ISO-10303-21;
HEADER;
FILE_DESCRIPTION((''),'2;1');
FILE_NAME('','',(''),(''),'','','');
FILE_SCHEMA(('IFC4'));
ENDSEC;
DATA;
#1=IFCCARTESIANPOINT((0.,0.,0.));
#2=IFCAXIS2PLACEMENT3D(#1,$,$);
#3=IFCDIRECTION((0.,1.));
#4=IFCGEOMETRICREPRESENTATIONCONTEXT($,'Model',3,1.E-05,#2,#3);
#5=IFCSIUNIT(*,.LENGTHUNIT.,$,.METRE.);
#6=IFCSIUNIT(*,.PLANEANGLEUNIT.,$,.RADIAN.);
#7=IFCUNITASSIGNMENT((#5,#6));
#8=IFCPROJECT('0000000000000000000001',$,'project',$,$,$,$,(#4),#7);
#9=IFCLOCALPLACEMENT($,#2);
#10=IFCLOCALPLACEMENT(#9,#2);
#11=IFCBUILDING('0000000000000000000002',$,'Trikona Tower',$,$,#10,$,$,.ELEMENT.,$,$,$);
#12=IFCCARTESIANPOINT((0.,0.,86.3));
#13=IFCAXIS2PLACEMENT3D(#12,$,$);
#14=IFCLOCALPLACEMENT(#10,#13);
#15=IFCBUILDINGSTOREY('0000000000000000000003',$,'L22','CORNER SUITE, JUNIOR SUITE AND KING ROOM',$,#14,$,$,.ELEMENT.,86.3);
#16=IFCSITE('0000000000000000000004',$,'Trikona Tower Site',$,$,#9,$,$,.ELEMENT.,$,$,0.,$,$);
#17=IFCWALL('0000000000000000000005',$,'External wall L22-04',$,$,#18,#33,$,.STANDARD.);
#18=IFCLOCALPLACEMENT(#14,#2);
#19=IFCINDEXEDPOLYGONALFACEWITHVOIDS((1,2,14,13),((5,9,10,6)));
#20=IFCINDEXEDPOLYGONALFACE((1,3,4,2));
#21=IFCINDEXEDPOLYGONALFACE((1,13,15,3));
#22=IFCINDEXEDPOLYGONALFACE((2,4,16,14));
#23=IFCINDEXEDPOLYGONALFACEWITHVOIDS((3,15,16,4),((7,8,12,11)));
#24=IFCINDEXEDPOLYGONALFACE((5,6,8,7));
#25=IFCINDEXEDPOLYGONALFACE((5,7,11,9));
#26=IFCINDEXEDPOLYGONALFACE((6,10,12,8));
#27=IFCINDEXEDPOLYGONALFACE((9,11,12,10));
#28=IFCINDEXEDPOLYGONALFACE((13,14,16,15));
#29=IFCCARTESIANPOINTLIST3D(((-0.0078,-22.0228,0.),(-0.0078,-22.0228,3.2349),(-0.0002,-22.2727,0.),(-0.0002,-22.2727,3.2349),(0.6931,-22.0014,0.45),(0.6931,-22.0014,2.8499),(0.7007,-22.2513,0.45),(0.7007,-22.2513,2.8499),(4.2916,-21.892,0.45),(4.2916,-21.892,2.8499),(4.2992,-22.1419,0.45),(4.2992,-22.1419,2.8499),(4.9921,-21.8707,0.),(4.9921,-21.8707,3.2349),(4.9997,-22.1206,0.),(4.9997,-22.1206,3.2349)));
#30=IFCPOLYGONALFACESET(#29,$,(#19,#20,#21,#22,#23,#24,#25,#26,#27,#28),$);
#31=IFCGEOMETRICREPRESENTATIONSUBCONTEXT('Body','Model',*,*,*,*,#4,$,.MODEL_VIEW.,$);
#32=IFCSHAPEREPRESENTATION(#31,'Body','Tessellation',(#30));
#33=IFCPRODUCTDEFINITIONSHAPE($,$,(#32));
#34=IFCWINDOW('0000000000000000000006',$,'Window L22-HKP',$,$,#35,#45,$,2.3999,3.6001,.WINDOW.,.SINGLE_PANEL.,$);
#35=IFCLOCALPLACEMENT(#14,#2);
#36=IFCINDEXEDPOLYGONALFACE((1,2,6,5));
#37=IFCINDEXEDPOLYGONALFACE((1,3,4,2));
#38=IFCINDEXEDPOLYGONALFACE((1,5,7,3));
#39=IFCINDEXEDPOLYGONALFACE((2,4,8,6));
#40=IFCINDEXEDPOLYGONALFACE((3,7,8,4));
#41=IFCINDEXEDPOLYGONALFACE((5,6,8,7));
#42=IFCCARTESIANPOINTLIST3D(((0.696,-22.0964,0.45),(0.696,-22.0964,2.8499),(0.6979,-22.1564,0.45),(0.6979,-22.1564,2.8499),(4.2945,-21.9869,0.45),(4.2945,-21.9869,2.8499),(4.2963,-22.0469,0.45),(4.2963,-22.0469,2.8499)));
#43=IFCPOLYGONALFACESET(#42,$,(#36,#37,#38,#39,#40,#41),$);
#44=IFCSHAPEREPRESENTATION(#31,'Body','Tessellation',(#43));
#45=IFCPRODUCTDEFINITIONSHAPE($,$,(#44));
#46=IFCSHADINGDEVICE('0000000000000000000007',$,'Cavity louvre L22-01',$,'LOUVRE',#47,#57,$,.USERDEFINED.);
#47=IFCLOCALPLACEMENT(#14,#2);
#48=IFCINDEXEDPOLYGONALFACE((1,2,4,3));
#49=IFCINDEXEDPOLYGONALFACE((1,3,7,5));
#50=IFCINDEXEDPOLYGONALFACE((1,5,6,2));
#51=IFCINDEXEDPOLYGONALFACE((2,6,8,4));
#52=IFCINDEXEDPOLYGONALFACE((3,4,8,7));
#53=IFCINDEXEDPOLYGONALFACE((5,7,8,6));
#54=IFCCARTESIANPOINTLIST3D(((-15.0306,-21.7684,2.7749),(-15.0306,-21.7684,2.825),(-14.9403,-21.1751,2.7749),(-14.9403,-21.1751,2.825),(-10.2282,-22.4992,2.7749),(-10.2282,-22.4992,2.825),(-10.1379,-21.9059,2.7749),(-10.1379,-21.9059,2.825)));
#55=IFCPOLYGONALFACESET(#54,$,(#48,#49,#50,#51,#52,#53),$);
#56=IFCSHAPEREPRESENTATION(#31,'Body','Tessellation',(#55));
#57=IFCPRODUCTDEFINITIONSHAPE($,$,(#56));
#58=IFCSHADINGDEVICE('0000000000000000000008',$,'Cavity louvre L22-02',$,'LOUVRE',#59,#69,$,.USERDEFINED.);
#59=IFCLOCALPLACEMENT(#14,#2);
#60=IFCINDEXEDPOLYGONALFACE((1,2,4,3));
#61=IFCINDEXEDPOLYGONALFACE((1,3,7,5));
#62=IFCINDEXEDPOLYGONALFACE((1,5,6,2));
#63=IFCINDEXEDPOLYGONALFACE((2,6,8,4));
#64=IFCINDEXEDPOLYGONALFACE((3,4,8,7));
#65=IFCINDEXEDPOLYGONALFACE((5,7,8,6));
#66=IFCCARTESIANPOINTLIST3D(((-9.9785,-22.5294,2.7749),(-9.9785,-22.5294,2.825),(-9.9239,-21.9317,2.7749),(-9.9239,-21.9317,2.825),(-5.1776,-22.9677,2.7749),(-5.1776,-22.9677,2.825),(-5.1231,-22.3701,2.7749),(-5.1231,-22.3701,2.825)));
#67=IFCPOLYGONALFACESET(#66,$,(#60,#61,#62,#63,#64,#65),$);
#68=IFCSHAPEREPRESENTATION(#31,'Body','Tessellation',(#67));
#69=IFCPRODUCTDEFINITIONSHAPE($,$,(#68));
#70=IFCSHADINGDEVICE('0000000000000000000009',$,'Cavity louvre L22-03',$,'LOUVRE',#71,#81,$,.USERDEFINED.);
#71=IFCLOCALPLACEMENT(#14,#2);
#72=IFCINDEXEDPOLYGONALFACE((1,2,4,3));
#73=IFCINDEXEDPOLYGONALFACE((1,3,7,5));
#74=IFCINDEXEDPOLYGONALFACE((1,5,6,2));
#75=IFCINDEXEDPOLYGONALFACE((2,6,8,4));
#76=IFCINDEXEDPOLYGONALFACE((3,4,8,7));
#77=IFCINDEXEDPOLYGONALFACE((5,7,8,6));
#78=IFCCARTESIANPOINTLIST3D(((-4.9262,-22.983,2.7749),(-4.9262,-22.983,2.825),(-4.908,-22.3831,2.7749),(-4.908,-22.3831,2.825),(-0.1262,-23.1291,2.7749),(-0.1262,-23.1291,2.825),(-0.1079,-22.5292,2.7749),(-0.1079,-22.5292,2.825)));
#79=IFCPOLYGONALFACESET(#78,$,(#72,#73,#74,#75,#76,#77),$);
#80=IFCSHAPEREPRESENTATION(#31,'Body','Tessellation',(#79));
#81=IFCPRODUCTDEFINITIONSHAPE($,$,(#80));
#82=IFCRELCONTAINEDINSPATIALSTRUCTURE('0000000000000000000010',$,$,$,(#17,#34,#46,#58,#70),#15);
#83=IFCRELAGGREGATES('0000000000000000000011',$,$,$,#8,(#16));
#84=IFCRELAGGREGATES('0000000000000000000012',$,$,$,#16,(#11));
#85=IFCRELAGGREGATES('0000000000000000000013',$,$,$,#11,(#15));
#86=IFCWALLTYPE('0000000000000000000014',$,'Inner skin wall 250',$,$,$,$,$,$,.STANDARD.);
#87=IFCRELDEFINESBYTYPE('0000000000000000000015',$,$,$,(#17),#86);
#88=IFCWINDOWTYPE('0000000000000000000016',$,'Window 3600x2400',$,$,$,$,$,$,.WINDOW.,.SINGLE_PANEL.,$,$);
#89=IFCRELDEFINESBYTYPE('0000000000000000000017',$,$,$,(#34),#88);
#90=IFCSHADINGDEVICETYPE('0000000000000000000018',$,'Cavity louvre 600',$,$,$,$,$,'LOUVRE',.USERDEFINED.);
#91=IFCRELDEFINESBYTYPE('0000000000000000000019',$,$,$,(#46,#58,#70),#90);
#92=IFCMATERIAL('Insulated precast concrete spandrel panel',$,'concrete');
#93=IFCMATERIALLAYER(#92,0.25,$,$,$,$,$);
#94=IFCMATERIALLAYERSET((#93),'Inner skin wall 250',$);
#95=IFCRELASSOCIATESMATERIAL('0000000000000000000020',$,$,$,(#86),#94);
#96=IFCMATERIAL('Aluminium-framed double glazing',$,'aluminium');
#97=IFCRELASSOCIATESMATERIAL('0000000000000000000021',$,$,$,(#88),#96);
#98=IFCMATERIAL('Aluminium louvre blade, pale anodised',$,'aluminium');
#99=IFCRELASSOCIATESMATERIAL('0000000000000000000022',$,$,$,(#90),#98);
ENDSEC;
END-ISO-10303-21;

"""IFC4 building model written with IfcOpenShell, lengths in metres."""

from ifc_helpers import new_model, si_unit, direction, frame, frame_2d, origin, origin_2d, place, context, subcontext, project, spatial, rectangle, extrude, material, layer, layer_set, type_object, element, fill, save


model = new_model("IFC4")

# Units and contexts
model_context = context("Model", 3, precision=1e-05, world=origin(), true_north=direction((0.0, 1.0)))
body_context = subcontext(model_context, "Body", "Model", "MODEL_VIEW")
ifc_project = project(units=[si_unit("LENGTHUNIT", "METRE"), si_unit("PLANEANGLEUNIT", "RADIAN")], contexts=[model_context])

# Site, building, storey
site_placement = place(None, origin())
site = spatial("IfcSite", under=ifc_project, at=site_placement, Name="Trikona Tower Site", CompositionType="ELEMENT", RefElevation=0.0)
building_placement = place(site_placement, origin())
building = spatial("IfcBuilding", under=site, at=building_placement, Name="Trikona Tower", CompositionType="ELEMENT")
storey_placement = place(building_placement, frame((0.0, 0.0, 86.3)))
storey = spatial("IfcBuildingStorey", under=building, at=storey_placement, Name="L22", Description="CORNER SUITE, JUNIOR SUITE AND KING ROOM", CompositionType="ELEMENT", Elevation=86.3)

# Wall, opening, window
ifc_material_1 = material(Name="Insulated precast concrete spandrel panel", Category="concrete")
ifc_layer_1 = layer(ifc_material_1, 0.25)
ifc_layer_set_1 = layer_set([ifc_layer_1], Name="Inner skin wall 250")
wall_type = type_object("IfcWallType", Name="Inner skin wall 250", PredefinedType="STANDARD", material=ifc_layer_set_1)
ifc_material_2 = material(Name="Aluminium-framed double glazing", Category="aluminium")
window_type = type_object("IfcWindowType", Name="Window 3600x2400", PartitioningType="SINGLE_PANEL", PredefinedType="WINDOW", material=ifc_material_2)
wall_1_placement = place(storey_placement, frame((-0.0039, -22.1477, 0.0), z_axis=(0.0, 0.0, 1.0), x_axis=(0.999538, 0.030406, 0.0)))
wall_1 = element("IfcWall", 1, at=wall_1_placement, inside=storey, type_object=wall_type, Name="External wall L22-04", PredefinedType="STANDARD", context=body_context, shape_type="SweptSolid", body=[
    extrude(rectangle(XDim=5.0022, YDim=0.25, at=frame_2d((2.501, 0.0))), origin(), (0.0, 0.0, 1.0), 3.2349),
])
opening_1_placement = place(wall_1_placement, frame((0.7012, 0.0, 0.45)))
opening_1 = element("IfcOpeningElement", 2, at=opening_1_placement, cuts=wall_1, PredefinedType="OPENING", context=body_context, shape_type="SweptSolid", body=[
    extrude(rectangle(XDim=3.6001, YDim=2.3999, at=frame_2d((1.8, 1.2))), frame((0.0, 0.135, 0.0), z_axis=(0.0, -1.0, 0.0), x_axis=(1.0, 0.0, 0.0)), (0.0, 0.0, 1.0), 0.27),
])
window_1_placement = place(opening_1_placement, origin())
window_1 = element("IfcWindow", 3, at=window_1_placement, inside=storey, type_object=window_type, Name="Window L22-HKP", OverallHeight=2.3999, OverallWidth=3.6001, PartitioningType="SINGLE_PANEL", PredefinedType="WINDOW", context=body_context, shape_type="SweptSolid", body=[
    extrude(rectangle(XDim=3.6001, YDim=2.3999, at=frame_2d((1.8, 1.2))), frame((0.0, 0.03, 0.0), z_axis=(0.0, -1.0, 0.0), x_axis=(1.0, 0.0, 0.0)), (0.0, 0.0, 1.0), 0.0601),
])
fill(opening_1, window_1)

# Shading devices
ifc_material_3 = material(Name="Aluminium louvre blade, pale anodised", Category="aluminium")
shading_device_type = type_object("IfcShadingDeviceType", Name="Cavity louvre 600", ElementType="LOUVRE", PredefinedType="USERDEFINED", material=ifc_material_3)
shading_device_1_placement = place(storey_placement, frame((-12.5842, -21.8372, 2.7749), z_axis=(0.0, 0.0, 1.0), x_axis=(0.988618, -0.150448, 0.0)))
element("IfcShadingDevice", 4, at=shading_device_1_placement, inside=storey, type_object=shading_device_type, Name="Cavity louvre L22-01", ObjectType="LOUVRE", PredefinedType="USERDEFINED", context=body_context, shape_type="SweptSolid", body=[
    extrude(rectangle(XDim=4.8577, YDim=0.6001, at=origin_2d()), origin(), (0.0, 0.0, 1.0), 0.05),
])
shading_device_2_placement = place(storey_placement, frame((-7.5508, -22.4497, 2.7749), z_axis=(0.0, 0.0, 1.0), x_axis=(0.995858, -0.090921, 0.0)))
element("IfcShadingDevice", 5, at=shading_device_2_placement, inside=storey, type_object=shading_device_type, Name="Cavity louvre L22-02", ObjectType="LOUVRE", PredefinedType="USERDEFINED", context=body_context, shape_type="SweptSolid", body=[
    extrude(rectangle(XDim=4.8208, YDim=0.6001, at=origin_2d()), origin(), (0.0, 0.0, 1.0), 0.05),
])
shading_device_3_placement = place(storey_placement, frame((-2.5171, -22.7561, 2.7749), z_axis=(0.0, 0.0, 1.0), x_axis=(0.999537, -0.030425, 0.0)))
element("IfcShadingDevice", 6, at=shading_device_3_placement, inside=storey, type_object=shading_device_type, Name="Cavity louvre L22-03", ObjectType="LOUVRE", PredefinedType="USERDEFINED", context=body_context, shape_type="SweptSolid", body=[
    extrude(rectangle(XDim=4.8022, YDim=0.6001, at=origin_2d()), origin(), (0.0, 0.0, 1.0), 0.05),
])

save(model, "model.ifc")
